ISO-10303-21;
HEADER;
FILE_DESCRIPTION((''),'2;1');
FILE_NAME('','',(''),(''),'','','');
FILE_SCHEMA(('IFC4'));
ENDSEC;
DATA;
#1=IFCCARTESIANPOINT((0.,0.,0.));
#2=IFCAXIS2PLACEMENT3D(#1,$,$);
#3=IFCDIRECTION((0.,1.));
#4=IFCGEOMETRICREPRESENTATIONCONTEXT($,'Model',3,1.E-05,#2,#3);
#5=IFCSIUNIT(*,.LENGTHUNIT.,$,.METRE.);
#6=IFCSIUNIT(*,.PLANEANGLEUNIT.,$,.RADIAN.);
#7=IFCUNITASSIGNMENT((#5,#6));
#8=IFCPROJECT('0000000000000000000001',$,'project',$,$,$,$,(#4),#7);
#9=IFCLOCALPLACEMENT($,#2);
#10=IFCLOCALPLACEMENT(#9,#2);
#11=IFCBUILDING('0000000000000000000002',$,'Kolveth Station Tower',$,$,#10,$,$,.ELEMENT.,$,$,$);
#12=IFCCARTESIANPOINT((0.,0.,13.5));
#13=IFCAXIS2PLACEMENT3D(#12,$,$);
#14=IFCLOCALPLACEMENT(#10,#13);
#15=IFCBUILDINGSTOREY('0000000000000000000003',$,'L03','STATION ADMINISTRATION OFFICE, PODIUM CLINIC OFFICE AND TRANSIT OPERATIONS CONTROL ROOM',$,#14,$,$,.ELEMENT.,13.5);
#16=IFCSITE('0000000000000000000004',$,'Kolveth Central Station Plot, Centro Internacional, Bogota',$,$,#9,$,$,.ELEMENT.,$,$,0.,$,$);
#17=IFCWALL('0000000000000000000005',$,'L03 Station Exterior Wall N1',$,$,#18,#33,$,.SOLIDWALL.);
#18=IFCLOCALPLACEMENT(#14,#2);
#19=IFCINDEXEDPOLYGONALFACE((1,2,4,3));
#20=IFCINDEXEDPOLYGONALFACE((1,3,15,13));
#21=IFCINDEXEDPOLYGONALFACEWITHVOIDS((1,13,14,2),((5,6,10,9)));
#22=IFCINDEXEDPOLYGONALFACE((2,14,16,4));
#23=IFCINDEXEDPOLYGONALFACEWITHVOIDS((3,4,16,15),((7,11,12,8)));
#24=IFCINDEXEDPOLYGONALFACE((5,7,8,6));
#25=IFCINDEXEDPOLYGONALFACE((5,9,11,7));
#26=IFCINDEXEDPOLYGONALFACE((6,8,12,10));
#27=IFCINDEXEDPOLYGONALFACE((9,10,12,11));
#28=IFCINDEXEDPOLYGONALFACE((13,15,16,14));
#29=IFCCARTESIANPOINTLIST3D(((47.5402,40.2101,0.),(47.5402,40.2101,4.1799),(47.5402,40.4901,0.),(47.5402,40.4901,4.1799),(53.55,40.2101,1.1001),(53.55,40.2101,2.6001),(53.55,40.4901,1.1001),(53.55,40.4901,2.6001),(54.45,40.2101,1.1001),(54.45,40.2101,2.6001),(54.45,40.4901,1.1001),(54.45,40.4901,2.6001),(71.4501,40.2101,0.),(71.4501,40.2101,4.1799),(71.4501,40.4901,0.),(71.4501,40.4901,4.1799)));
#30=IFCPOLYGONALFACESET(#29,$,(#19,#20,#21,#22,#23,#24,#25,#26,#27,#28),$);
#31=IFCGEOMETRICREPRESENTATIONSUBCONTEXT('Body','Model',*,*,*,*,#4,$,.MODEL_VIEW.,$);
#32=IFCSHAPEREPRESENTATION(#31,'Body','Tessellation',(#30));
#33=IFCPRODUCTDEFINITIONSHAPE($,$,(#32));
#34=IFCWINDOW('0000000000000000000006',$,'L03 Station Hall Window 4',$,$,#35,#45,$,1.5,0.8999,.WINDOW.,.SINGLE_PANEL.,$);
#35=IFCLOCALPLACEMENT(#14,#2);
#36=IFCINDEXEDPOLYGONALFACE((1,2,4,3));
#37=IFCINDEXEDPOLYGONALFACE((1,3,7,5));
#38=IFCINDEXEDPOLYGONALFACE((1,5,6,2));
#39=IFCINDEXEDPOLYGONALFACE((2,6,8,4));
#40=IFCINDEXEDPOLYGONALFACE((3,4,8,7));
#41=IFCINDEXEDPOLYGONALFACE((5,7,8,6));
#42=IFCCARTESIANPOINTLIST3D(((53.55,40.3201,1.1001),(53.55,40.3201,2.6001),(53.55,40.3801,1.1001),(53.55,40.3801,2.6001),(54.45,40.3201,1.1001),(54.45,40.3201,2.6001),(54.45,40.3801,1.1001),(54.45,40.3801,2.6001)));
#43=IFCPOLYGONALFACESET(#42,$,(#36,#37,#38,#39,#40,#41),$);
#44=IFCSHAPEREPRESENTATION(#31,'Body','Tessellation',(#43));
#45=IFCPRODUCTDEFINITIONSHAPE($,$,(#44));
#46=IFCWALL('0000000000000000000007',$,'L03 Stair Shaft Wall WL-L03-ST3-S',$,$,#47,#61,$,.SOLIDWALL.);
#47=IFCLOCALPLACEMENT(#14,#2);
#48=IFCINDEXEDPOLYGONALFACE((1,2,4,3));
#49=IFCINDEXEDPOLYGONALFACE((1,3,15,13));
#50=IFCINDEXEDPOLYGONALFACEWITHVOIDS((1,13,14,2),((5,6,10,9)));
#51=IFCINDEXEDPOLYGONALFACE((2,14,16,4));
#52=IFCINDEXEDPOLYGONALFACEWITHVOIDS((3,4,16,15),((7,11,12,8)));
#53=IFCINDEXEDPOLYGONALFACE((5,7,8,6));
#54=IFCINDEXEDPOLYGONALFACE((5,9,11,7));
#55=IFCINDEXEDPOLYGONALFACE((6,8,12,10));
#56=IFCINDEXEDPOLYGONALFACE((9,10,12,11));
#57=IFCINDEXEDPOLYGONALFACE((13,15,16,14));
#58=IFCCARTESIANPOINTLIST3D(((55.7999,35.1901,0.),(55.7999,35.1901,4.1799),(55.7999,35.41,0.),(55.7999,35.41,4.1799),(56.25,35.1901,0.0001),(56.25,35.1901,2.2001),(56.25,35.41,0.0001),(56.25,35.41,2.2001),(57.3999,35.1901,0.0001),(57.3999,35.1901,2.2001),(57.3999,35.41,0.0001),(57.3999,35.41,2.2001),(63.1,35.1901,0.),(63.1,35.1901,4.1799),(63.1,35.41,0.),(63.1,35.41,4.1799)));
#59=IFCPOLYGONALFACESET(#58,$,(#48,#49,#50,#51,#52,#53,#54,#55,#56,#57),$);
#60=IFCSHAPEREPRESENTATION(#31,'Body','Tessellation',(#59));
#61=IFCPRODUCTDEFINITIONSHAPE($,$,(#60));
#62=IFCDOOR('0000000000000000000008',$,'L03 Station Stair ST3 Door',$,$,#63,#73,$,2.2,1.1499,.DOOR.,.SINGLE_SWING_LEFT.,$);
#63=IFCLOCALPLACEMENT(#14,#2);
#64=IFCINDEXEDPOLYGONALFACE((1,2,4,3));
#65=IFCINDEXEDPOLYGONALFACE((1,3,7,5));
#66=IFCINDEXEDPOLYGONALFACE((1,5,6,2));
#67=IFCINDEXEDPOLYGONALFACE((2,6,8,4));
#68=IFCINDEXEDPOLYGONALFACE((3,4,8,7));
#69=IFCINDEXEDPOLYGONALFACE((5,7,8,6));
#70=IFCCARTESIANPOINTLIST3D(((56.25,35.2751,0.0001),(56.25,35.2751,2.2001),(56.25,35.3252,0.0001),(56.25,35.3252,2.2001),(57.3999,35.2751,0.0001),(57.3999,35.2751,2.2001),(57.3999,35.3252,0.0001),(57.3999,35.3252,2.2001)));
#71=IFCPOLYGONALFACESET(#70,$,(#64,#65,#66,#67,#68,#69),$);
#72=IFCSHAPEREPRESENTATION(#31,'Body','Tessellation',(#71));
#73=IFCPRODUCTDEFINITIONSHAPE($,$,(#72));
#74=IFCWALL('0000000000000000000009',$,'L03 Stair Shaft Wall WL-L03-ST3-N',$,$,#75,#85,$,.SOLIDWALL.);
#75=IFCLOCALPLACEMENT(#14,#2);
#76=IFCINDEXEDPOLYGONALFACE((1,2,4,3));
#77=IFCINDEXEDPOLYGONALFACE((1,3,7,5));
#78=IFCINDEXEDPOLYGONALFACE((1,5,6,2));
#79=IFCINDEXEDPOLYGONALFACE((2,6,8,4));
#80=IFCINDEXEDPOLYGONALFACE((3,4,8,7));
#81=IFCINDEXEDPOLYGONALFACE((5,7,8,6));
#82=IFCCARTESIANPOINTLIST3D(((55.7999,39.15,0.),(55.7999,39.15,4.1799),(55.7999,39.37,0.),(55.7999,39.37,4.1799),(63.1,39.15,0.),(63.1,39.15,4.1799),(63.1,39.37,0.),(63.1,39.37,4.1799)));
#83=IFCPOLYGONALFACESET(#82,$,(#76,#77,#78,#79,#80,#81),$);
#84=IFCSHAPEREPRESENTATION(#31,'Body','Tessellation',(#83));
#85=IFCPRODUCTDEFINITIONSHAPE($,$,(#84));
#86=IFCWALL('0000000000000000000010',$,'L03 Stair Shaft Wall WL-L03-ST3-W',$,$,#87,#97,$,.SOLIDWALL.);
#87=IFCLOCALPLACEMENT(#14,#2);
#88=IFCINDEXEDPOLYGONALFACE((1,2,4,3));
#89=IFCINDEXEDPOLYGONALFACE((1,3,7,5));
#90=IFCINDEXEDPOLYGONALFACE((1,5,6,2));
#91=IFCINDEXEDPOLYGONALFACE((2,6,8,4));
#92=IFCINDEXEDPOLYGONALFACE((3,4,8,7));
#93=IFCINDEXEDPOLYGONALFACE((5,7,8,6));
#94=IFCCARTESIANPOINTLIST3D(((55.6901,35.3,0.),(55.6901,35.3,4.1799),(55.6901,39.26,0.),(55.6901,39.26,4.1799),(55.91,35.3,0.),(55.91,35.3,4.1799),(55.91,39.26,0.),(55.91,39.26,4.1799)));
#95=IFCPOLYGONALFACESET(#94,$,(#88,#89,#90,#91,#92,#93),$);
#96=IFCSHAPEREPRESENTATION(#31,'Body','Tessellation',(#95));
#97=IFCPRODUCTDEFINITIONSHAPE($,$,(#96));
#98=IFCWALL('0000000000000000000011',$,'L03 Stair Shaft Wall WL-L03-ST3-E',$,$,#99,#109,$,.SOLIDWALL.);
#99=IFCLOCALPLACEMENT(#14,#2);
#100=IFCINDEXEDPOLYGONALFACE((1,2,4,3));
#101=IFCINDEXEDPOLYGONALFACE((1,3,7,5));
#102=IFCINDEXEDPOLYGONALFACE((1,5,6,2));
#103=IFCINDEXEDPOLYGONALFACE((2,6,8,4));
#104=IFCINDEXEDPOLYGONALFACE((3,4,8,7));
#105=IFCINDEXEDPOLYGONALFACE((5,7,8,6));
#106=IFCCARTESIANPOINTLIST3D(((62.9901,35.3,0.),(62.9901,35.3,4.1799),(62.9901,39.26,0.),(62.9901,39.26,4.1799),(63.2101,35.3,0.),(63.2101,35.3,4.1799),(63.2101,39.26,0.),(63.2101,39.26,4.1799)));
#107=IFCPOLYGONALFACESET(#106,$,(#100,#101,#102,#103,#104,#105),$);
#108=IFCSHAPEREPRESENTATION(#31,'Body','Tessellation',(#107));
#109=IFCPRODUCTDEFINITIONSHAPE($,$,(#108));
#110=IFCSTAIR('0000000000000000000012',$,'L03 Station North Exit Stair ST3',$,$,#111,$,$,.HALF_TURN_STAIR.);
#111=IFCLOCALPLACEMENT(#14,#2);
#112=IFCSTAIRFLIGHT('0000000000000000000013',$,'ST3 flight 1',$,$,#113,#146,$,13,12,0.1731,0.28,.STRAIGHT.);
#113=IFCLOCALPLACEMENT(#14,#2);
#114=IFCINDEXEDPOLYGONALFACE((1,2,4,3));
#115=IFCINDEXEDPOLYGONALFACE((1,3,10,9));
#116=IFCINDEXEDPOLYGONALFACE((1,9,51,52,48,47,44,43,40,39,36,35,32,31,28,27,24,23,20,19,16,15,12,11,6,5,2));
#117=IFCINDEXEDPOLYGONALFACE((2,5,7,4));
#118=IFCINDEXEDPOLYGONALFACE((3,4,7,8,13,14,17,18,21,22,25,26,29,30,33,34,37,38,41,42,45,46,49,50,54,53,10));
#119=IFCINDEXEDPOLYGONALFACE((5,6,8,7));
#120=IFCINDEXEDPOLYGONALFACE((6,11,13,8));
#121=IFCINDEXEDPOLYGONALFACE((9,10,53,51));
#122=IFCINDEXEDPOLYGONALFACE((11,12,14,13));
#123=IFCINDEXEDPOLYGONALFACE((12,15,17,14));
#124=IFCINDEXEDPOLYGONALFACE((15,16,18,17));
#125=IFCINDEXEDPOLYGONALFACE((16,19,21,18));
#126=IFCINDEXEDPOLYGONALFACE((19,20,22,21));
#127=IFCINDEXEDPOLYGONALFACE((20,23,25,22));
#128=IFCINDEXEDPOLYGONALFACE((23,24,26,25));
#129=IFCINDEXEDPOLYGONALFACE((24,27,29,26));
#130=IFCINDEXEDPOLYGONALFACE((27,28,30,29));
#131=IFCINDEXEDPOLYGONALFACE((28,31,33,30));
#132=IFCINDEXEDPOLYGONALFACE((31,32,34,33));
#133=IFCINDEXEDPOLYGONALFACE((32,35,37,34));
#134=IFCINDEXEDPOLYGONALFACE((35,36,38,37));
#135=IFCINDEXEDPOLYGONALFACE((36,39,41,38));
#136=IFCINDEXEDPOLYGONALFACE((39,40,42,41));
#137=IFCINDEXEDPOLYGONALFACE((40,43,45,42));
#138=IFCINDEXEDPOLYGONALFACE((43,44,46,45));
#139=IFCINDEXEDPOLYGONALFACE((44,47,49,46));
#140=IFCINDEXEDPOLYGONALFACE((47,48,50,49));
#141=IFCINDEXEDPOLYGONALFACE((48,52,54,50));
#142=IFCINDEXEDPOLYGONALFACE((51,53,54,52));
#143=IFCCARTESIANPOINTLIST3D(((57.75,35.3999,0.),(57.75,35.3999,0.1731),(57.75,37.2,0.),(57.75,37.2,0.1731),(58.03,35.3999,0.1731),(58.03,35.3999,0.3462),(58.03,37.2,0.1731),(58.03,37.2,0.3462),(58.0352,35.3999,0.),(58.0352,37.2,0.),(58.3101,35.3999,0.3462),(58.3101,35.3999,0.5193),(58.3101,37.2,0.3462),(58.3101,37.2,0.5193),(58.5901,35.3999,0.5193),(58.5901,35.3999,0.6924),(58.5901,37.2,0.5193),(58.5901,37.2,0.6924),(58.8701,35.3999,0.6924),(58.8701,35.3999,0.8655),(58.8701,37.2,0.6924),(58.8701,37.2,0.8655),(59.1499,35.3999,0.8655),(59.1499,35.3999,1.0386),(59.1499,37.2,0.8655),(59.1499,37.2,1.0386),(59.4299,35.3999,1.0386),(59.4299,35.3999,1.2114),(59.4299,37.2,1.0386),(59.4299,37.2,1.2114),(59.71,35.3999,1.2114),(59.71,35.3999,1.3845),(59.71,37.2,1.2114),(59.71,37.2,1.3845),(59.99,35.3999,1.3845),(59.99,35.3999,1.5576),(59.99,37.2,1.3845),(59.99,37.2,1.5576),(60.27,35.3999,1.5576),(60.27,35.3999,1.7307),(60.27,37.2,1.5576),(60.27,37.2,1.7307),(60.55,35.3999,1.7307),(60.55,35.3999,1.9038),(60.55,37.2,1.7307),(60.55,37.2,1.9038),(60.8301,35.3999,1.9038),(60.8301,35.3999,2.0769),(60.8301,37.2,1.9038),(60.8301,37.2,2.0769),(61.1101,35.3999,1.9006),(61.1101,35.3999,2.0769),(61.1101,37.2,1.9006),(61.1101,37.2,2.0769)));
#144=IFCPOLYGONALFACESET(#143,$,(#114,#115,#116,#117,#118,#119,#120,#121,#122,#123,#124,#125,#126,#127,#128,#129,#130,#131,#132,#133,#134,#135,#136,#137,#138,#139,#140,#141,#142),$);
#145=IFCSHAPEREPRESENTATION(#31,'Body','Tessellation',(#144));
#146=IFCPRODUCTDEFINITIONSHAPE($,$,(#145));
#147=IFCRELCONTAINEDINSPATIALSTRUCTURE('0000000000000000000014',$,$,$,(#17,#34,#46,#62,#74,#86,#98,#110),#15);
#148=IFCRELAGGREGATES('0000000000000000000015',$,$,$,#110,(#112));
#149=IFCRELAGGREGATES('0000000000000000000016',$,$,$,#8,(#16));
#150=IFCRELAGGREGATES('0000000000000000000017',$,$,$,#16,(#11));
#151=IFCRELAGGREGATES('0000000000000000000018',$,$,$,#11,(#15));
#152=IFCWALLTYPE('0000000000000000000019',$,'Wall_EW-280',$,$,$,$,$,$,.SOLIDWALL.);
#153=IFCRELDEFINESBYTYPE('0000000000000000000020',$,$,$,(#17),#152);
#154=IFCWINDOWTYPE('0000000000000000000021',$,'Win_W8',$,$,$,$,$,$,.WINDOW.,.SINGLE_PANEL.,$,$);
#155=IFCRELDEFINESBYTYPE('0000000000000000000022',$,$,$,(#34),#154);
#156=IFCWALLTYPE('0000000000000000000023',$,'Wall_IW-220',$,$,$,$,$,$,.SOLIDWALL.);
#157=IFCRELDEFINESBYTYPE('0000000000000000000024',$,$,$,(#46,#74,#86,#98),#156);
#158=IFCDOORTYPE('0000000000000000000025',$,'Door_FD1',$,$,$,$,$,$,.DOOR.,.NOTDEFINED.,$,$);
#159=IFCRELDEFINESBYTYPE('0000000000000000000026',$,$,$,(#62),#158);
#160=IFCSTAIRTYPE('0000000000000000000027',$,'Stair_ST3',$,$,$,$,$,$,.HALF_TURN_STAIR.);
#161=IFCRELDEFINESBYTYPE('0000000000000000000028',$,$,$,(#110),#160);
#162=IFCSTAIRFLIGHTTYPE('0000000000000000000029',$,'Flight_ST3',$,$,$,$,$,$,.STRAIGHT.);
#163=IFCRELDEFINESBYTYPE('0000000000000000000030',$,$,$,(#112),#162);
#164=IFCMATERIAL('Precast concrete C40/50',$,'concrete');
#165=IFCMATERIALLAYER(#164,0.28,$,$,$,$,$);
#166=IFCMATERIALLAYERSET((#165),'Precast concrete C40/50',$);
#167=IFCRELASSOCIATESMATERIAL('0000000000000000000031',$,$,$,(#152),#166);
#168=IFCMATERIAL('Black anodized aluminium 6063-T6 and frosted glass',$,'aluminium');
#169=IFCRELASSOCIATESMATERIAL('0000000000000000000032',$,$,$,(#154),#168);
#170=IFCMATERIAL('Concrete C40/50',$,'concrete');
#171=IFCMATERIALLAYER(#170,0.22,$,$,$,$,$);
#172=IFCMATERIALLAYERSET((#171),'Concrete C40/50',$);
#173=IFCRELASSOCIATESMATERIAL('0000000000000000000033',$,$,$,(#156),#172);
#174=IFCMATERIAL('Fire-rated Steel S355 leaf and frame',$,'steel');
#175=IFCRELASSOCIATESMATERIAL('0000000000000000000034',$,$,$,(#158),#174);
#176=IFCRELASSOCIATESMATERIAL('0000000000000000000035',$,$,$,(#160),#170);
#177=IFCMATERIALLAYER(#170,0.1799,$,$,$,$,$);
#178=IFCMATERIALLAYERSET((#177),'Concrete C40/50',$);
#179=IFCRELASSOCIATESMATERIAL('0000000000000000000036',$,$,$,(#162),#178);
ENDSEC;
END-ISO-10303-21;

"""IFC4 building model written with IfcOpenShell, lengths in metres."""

from ifc_helpers import new_model, si_unit, direction, frame, frame_2d, origin, place, context, subcontext, project, spatial, polyline, rectangle, outline, extrude, material, layer, layer_set, type_object, element, fill, aggregate, save


model = new_model("IFC4")

# Units and contexts
model_context = context("Model", 3, precision=1e-05, world=origin(), true_north=direction((0.0, 1.0)))
body_context = subcontext(model_context, "Body", "Model", "MODEL_VIEW")
ifc_project = project(units=[si_unit("LENGTHUNIT", "METRE"), si_unit("PLANEANGLEUNIT", "RADIAN")], contexts=[model_context])

# Site, building, storey
site_placement = place(None, origin())
site = spatial("IfcSite", under=ifc_project, at=site_placement, Name="Kolveth Central Station Plot, Centro Internacional, Bogota", CompositionType="ELEMENT", RefElevation=0.0)
building_placement = place(site_placement, origin())
building = spatial("IfcBuilding", under=site, at=building_placement, Name="Kolveth Station Tower", CompositionType="ELEMENT")
storey_placement = place(building_placement, frame((0.0, 0.0, 13.5)))
storey = spatial("IfcBuildingStorey", under=building, at=storey_placement, Name="L03", Description="STATION ADMINISTRATION OFFICE, PODIUM CLINIC OFFICE AND TRANSIT OPERATIONS CONTROL ROOM", CompositionType="ELEMENT", Elevation=13.5)

# Shared definitions
ifc_material_1 = material(Name="Precast concrete C40/50", Category="concrete")
ifc_layer_1 = layer(ifc_material_1, 0.28)
ifc_layer_set_1 = layer_set([ifc_layer_1], Name="Precast concrete C40/50")
wall_type_1 = type_object("IfcWallType", Name="Wall_EW-280", PredefinedType="SOLIDWALL", material=ifc_layer_set_1)

# Wall, opening, window
wall_1_placement = place(storey_placement, frame((47.54, 40.3501, 0.0), z_axis=(0.0, 0.0, 1.0), x_axis=(1.0, 0.0, 0.0)))
wall_1 = element("IfcWall", 1, at=wall_1_placement, inside=storey, type_object=wall_type_1, Name="L03 Station Exterior Wall N1", PredefinedType="SOLIDWALL", context=body_context, shape_type="SweptSolid", body=[
    extrude(rectangle(XDim=23.9099, YDim=0.28, at=frame_2d((11.9551, 0.0))), origin(), (0.0, 0.0, 1.0), 4.1799),
])
opening_1_placement = place(wall_1_placement, frame((6.01, 0.0, 1.1001)))
opening_1 = element("IfcOpeningElement", 2, at=opening_1_placement, cuts=wall_1, PredefinedType="OPENING", context=body_context, shape_type="SweptSolid", body=[
    extrude(rectangle(XDim=0.8999, YDim=1.5, at=frame_2d((0.45, 0.75))), frame((0.0, 0.1499, 0.0), z_axis=(0.0, -1.0, 0.0), x_axis=(1.0, 0.0, 0.0)), (0.0, 0.0, 1.0), 0.3),
])
ifc_material_2 = material(Name="Black anodized aluminium 6063-T6 and frosted glass", Category="aluminium")
window_type = type_object("IfcWindowType", Name="Win_W8", PartitioningType="SINGLE_PANEL", PredefinedType="WINDOW", material=ifc_material_2)
window_placement = place(opening_1_placement, origin())
window = element("IfcWindow", 3, at=window_placement, inside=storey, type_object=window_type, Name="L03 Station Hall Window 4", OverallHeight=1.5, OverallWidth=0.8999, PartitioningType="SINGLE_PANEL", PredefinedType="WINDOW", context=body_context, shape_type="SweptSolid", body=[
    extrude(rectangle(XDim=0.8999, YDim=1.5, at=frame_2d((0.45, 0.75))), frame((0.0, 0.03, 0.0), z_axis=(0.0, -1.0, 0.0), x_axis=(1.0, 0.0, 0.0)), (0.0, 0.0, 1.0), 0.0601),
])
fill(opening_1, window)

# Wall, opening, door
ifc_material_3 = material(Name="Concrete C40/50", Category="concrete")
ifc_layer_2 = layer(ifc_material_3, 0.22)
ifc_layer_set_2 = layer_set([ifc_layer_2], Name="Concrete C40/50")
wall_type_2 = type_object("IfcWallType", Name="Wall_IW-220", PredefinedType="SOLIDWALL", material=ifc_layer_set_2)
wall_2_placement = place(storey_placement, frame((55.8, 35.3, 0.0), z_axis=(0.0, 0.0, 1.0), x_axis=(1.0, 0.0, 0.0)))
wall_2 = element("IfcWall", 4, at=wall_2_placement, inside=storey, type_object=wall_type_2, Name="L03 Stair Shaft Wall WL-L03-ST3-S", PredefinedType="SOLIDWALL", context=body_context, shape_type="SweptSolid", body=[
    extrude(rectangle(XDim=7.3, YDim=0.22, at=frame_2d((3.6499, 0.0))), origin(), (0.0, 0.0, 1.0), 4.1799),
])
opening_2_placement = place(wall_2_placement, frame((0.45, 0.0, 0.0)))
opening_2 = element("IfcOpeningElement", 5, at=opening_2_placement, cuts=wall_2, PredefinedType="OPENING", context=body_context, shape_type="SweptSolid", body=[
    extrude(rectangle(XDim=1.1499, YDim=2.2, at=frame_2d((0.575, 1.1001))), frame((0.0, 0.1199, 0.0), z_axis=(0.0, -1.0, 0.0), x_axis=(1.0, 0.0, 0.0)), (0.0, 0.0, 1.0), 0.24),
])
ifc_material_4 = material(Name="Fire-rated Steel S355 leaf and frame", Category="steel")
door_type = type_object("IfcDoorType", Name="Door_FD1", OperationType="NOTDEFINED", PredefinedType="DOOR", material=ifc_material_4)
door_placement = place(opening_2_placement, frame((1.1499, 0.0, 0.0), z_axis=(0.0, 0.0, 1.0), x_axis=(-1.0, 0.0, 0.0)))
door = element("IfcDoor", 6, at=door_placement, inside=storey, type_object=door_type, Name="L03 Station Stair ST3 Door", OperationType="SINGLE_SWING_LEFT", OverallHeight=2.2, OverallWidth=1.1499, PredefinedType="DOOR", context=body_context, shape_type="SweptSolid", body=[
    extrude(rectangle(XDim=1.1499, YDim=2.2, at=frame_2d((0.575, 1.1001))), frame((0.0, 0.0249, 0.0), z_axis=(0.0, -1.0, 0.0), x_axis=(1.0, 0.0, 0.0)), (0.0, 0.0, 1.0), 0.05),
])
fill(opening_2, door)

# Walls
wall_3_placement = place(storey_placement, frame((55.8, 39.26, 0.0), z_axis=(0.0, 0.0, 1.0), x_axis=(1.0, 0.0, 0.0)))
element("IfcWall", 7, at=wall_3_placement, inside=storey, type_object=wall_type_2, Name="L03 Stair Shaft Wall WL-L03-ST3-N", PredefinedType="SOLIDWALL", context=body_context, shape_type="SweptSolid", body=[
    extrude(rectangle(XDim=7.3, YDim=0.22, at=frame_2d((3.6499, 0.0))), origin(), (0.0, 0.0, 1.0), 4.1799),
])
for number, where, z_axis, x_axis, name in (
    (8, (55.8, 35.3, 0.0), (0.0, 0.0, 1.0), (0.0, 1.0, 0.0), "L03 Stair Shaft Wall WL-L03-ST3-W"),
    (9, (63.1001, 35.3, 0.0), (0.0, 0.0, 1.0), (0.0, 1.0, 0.0), "L03 Stair Shaft Wall WL-L03-ST3-E"),
):
    element("IfcWall", number, at=place(storey_placement, frame(where, z_axis=z_axis, x_axis=x_axis)), inside=storey, type_object=wall_type_2, Name=name, PredefinedType="SOLIDWALL", context=body_context, shape_type="SweptSolid", body=[
        extrude(rectangle(XDim=3.96, YDim=0.22, at=frame_2d((1.98, 0.0))), origin(), (0.0, 0.0, 1.0), 4.1799),
    ])

# Stair, stair flight
stair_type = type_object("IfcStairType", Name="Stair_ST3", PredefinedType="HALF_TURN_STAIR", material=ifc_material_3)
stair_placement = place(storey_placement, origin())
stair = element("IfcStair", 10, at=stair_placement, inside=storey, type_object=stair_type, Name="L03 Station North Exit Stair ST3", PredefinedType="HALF_TURN_STAIR")
ifc_layer_3 = layer(ifc_material_3, 0.1799)
ifc_layer_set_3 = layer_set([ifc_layer_3], Name="Concrete C40/50")
stair_flight_type = type_object("IfcStairFlightType", Name="Flight_ST3", PredefinedType="STRAIGHT", material=ifc_layer_set_3)
stair_flight_1_placement = place(storey_placement, frame((57.75, 36.3, 0.0), z_axis=(0.0, 0.0, 1.0), x_axis=(1.0, 0.0, 0.0)))
stair_flight_1 = element("IfcStairFlight", 11, at=stair_flight_1_placement, type_object=stair_flight_type, Name="ST3 flight 1", NumberOfRisers=13, NumberOfTreads=12, PredefinedType="STRAIGHT", RiserHeight=0.1731, TreadLength=0.28, context=body_context, shape_type="SweptSolid", body=[
    extrude(outline(polyline([(0.0, 0.0), (0.0, 0.1731), (0.28, 0.1731), (0.28, 0.3462), (0.5601, 0.3462), (0.5601, 0.5193), (0.8401, 0.5193), (0.8401, 0.6924), (1.1201, 0.6924), (1.1201, 0.8655), (1.3999, 0.8655), (1.3999, 1.0386), (1.6799, 1.0386), (1.6799, 1.2114), (1.96, 1.2114), (1.96, 1.3845), (2.24, 1.3845), (2.24, 1.5576), (2.52, 1.5576), (2.52, 1.7307), (2.8, 1.7307), (2.8, 1.9038), (3.0801, 1.9038), (3.0801, 2.0769), (3.3601, 2.0769), (3.3601, 2.25), (3.3601, 1.9006), (0.2852, 0.0), (0.0, 0.0)])), frame((0.0, 0.8999, 0.0), z_axis=(0.0, -1.0, 0.0), x_axis=(1.0, 0.0, 0.0)), (0.0, 0.0, 1.0), 1.8),
])
aggregate(stair, [stair_flight_1])

save(model, "model.ifc")
